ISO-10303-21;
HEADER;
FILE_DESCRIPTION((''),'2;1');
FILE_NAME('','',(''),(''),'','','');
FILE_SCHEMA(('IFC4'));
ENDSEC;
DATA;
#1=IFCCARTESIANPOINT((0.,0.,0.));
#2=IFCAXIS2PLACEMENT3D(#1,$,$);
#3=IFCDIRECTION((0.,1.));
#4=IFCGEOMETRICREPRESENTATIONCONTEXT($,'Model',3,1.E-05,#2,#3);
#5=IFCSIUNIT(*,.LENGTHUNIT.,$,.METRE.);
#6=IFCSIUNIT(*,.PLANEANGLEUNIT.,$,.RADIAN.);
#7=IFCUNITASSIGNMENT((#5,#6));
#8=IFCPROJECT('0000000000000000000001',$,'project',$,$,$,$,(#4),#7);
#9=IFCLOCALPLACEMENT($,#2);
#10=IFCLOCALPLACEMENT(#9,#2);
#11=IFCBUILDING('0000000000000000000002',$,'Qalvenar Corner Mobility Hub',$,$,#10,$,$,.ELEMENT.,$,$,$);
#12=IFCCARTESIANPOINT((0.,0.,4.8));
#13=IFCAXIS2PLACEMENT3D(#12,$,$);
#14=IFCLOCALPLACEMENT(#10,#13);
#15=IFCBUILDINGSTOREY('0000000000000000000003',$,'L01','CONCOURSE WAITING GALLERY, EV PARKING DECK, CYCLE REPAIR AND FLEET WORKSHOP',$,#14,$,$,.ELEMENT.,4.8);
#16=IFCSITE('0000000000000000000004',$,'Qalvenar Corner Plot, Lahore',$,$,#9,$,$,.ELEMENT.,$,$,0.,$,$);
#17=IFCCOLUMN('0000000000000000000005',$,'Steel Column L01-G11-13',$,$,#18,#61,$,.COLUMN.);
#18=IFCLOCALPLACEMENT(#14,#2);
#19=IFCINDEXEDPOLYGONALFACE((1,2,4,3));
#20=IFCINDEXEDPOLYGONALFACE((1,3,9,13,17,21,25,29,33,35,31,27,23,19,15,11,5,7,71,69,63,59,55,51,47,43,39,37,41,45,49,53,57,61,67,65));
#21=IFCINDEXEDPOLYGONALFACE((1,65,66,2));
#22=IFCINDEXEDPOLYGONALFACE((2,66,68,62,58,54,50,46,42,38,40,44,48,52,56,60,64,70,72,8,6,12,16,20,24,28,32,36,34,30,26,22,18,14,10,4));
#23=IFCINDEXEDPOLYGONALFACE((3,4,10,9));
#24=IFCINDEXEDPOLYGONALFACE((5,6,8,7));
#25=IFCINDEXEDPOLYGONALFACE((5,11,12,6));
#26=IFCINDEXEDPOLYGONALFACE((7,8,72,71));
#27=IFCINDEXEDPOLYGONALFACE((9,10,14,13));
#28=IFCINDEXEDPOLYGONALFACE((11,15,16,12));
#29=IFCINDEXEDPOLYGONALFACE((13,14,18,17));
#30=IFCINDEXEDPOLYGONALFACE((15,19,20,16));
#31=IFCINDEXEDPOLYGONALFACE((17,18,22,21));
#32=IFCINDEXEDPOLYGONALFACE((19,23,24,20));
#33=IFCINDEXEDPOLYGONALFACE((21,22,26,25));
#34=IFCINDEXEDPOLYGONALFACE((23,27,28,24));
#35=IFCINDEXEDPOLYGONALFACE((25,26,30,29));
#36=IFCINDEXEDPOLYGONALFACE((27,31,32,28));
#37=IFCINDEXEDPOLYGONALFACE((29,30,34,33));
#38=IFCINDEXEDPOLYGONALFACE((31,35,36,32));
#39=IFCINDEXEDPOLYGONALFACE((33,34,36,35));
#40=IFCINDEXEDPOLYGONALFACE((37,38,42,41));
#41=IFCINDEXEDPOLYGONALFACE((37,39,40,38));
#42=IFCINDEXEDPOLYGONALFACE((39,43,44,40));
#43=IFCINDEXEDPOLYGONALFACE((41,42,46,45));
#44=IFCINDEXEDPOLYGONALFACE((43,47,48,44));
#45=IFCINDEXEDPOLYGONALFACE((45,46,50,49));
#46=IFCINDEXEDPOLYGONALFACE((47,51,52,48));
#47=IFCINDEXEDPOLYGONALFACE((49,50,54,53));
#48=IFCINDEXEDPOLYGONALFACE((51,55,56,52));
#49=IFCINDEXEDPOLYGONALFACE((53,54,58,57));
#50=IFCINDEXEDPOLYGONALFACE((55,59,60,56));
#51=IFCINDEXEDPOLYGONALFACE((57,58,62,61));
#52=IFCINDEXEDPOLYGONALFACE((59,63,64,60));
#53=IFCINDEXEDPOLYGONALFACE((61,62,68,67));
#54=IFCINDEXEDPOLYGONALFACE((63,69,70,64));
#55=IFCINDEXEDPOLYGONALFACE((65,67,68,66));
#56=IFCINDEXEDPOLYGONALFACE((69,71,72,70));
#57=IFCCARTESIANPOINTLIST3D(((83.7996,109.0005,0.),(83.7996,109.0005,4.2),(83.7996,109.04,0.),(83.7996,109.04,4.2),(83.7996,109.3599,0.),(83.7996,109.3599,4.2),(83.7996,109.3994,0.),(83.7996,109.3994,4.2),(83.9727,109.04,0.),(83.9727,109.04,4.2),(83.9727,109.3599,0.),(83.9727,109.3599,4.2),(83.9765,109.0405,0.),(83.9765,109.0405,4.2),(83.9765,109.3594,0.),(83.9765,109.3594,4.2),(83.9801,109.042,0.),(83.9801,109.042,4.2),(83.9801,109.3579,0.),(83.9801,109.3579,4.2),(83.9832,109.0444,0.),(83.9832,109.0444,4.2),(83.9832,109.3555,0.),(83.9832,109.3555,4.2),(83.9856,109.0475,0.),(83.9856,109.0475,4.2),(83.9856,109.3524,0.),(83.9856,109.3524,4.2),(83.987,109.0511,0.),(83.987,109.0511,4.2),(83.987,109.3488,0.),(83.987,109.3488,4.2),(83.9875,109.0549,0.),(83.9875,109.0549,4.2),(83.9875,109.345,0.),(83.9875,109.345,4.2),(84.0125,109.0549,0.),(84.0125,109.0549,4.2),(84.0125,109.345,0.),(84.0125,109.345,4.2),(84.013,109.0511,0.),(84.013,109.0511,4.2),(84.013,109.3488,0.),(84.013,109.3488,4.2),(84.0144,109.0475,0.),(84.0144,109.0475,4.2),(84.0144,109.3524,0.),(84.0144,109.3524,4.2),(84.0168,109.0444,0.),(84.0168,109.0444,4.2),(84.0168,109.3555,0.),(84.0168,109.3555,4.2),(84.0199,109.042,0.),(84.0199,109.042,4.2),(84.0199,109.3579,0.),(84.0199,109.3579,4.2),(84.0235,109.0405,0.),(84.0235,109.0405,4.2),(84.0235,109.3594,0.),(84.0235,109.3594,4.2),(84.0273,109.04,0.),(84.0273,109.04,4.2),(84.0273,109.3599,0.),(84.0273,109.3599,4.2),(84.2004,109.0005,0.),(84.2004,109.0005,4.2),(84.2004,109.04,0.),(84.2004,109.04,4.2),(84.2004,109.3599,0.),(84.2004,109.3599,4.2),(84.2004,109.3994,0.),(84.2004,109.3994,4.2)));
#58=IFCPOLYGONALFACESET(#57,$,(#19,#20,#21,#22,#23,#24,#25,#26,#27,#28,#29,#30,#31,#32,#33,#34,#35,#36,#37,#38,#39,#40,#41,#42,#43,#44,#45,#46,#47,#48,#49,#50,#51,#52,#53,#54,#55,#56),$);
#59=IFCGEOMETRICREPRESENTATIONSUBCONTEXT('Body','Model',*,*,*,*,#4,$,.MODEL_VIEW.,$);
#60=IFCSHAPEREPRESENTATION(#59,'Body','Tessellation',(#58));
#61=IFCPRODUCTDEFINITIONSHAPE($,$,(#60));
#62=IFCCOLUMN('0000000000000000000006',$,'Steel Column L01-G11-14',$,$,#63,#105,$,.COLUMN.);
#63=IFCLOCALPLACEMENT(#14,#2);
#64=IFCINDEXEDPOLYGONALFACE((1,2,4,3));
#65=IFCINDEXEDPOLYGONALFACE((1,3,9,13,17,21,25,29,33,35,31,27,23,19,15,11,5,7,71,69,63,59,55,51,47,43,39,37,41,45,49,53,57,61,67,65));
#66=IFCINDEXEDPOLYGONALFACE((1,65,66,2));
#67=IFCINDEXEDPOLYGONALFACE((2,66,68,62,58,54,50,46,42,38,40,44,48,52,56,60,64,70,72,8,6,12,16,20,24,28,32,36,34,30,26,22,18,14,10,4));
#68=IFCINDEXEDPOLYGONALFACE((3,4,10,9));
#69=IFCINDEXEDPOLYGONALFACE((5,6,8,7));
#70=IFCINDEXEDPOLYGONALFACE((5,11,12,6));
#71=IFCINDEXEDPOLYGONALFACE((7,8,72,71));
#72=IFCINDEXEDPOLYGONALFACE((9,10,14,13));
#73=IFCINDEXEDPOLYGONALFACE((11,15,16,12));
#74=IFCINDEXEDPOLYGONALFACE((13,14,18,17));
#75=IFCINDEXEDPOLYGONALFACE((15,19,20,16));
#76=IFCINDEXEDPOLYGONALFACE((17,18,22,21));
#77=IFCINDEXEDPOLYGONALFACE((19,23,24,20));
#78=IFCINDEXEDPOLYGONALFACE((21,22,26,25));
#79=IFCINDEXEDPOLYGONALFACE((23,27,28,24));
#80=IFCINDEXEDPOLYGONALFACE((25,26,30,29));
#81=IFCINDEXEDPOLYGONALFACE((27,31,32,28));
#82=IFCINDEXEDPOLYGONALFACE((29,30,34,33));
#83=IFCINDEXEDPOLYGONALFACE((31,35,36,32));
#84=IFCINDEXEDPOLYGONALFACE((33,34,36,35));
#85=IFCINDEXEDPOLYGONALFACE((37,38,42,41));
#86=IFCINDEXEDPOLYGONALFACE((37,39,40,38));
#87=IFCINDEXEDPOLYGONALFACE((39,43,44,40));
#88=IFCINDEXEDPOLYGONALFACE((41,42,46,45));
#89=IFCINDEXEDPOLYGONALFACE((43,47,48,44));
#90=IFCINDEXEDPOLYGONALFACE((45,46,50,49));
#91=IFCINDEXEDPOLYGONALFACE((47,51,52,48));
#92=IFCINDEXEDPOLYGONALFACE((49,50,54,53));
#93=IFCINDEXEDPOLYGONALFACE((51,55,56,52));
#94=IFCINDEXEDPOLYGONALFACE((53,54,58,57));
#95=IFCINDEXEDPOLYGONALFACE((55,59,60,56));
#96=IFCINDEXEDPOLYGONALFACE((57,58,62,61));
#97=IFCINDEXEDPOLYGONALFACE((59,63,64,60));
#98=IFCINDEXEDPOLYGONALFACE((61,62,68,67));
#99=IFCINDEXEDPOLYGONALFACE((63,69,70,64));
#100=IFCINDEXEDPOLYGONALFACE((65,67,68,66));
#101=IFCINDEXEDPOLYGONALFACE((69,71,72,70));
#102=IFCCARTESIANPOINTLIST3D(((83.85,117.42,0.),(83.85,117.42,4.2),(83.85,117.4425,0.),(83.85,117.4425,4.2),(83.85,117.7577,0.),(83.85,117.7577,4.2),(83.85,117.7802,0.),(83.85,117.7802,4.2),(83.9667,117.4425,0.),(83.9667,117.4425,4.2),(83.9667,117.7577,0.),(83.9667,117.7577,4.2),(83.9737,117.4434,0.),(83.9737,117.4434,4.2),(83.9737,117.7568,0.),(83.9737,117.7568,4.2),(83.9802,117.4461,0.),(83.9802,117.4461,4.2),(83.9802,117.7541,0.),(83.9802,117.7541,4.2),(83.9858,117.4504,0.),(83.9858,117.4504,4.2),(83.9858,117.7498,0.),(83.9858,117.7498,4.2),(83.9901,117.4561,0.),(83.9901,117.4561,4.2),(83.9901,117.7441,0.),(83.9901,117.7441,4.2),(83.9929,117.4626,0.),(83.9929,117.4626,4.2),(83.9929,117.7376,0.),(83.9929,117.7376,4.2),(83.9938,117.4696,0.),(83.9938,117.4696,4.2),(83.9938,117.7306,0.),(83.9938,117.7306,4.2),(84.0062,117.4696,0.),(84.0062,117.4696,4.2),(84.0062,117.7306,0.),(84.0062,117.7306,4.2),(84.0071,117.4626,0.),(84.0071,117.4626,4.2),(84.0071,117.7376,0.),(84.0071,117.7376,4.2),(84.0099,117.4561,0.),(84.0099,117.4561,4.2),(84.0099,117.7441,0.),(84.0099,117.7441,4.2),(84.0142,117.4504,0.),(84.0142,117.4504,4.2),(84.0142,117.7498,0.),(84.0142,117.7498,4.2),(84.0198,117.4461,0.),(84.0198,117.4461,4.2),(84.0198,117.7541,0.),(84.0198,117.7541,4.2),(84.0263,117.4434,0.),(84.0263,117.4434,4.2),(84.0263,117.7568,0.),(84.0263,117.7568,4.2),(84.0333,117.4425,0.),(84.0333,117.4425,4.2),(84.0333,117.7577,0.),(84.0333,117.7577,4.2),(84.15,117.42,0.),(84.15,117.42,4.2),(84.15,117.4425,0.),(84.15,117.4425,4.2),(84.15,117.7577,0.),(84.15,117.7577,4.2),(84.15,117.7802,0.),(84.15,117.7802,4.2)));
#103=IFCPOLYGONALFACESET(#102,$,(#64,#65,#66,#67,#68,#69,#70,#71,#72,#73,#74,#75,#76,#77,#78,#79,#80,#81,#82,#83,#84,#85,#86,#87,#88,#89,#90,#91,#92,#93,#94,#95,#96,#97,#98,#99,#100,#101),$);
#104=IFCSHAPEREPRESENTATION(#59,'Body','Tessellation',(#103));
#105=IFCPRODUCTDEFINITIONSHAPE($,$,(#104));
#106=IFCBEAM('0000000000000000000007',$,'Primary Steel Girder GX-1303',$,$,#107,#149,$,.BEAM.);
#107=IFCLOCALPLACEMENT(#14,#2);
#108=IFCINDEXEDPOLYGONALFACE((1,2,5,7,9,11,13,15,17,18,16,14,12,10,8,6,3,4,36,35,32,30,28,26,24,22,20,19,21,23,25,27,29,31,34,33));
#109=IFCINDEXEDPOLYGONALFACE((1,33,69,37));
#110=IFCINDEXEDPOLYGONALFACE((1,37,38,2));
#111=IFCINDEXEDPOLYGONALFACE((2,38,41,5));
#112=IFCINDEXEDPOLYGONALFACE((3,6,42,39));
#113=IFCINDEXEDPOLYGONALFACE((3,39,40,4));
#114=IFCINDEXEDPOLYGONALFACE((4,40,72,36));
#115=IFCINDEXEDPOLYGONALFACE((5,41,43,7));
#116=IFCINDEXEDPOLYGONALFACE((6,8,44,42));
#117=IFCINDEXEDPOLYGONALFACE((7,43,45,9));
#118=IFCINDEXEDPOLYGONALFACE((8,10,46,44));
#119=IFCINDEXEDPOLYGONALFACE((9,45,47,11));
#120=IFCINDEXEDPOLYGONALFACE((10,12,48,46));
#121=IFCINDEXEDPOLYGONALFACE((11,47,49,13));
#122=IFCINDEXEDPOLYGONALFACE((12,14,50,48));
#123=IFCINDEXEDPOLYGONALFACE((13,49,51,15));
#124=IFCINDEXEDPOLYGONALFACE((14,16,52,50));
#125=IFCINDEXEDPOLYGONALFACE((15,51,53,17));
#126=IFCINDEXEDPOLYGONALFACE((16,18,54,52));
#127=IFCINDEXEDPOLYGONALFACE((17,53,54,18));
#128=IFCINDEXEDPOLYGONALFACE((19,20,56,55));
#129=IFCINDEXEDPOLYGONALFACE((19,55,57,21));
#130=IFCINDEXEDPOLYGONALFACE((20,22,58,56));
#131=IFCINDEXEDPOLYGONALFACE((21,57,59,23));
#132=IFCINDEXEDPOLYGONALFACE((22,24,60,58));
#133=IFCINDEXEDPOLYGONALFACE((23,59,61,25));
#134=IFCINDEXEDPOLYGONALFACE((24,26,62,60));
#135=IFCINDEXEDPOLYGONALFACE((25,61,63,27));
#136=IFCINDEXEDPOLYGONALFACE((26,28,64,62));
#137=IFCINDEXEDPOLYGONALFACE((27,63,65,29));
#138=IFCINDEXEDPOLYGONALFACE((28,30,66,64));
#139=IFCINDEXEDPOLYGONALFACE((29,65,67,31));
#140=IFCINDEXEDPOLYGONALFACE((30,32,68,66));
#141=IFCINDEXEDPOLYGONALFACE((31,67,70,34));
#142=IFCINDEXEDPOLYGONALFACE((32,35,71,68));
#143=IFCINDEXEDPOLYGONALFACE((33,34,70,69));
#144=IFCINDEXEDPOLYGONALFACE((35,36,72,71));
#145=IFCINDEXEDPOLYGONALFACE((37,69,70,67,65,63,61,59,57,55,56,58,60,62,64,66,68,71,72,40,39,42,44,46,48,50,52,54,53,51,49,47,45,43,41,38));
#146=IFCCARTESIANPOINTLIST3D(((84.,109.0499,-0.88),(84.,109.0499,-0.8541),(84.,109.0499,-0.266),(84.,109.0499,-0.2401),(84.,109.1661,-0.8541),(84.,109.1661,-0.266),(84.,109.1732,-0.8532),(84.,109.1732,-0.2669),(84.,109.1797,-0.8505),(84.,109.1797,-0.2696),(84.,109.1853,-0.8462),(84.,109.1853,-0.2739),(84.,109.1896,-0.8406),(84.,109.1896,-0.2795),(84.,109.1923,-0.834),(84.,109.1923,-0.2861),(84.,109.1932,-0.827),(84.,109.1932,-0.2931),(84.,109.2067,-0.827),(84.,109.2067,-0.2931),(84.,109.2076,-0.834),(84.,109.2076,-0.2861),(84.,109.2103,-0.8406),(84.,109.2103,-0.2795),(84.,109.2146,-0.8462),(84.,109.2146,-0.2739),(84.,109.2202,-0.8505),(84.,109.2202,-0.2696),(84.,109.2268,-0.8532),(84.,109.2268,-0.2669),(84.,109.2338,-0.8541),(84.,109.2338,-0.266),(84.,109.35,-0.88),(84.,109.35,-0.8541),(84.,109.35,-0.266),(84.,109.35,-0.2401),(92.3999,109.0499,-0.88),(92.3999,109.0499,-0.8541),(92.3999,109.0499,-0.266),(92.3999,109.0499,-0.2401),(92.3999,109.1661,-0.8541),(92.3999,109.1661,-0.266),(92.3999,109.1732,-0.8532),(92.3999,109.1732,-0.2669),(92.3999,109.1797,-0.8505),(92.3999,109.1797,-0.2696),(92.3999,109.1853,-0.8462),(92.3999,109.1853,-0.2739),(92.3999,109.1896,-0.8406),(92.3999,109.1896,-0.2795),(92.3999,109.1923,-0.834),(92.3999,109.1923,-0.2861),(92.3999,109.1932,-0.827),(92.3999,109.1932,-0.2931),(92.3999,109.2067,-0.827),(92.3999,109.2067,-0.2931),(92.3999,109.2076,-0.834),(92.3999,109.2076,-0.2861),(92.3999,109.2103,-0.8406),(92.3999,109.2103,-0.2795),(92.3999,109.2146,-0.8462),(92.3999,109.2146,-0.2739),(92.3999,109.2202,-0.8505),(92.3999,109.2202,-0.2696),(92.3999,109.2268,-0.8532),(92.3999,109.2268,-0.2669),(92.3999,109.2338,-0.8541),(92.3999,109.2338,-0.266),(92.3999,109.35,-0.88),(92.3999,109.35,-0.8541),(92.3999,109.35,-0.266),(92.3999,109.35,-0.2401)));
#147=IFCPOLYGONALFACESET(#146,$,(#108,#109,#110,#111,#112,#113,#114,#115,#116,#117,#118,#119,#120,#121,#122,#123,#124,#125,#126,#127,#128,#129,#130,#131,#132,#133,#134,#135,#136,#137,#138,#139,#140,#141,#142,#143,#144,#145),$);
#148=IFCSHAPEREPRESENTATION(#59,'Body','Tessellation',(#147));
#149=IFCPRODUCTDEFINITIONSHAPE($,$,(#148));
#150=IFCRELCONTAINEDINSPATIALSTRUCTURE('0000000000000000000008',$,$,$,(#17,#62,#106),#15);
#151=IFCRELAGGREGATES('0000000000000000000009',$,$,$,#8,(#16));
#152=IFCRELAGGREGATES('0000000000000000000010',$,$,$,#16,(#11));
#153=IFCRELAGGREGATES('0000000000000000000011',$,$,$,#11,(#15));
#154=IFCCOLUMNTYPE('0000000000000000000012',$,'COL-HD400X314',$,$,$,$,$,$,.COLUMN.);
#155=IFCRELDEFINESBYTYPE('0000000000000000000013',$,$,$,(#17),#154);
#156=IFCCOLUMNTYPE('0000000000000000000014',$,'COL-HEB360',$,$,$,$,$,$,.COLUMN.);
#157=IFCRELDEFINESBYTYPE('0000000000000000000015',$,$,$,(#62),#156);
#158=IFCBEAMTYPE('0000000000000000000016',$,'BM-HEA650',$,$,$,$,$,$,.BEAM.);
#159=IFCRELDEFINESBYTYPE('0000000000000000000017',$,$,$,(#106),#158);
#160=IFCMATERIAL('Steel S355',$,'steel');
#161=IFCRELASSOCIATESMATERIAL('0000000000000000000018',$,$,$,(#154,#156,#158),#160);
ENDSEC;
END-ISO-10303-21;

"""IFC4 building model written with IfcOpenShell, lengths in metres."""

from ifc_helpers import new_model, si_unit, direction, frame, origin, origin_2d, place, context, subcontext, project, spatial, i_section, extrude, material, material_profile, profile_set, type_object, element, save


model = new_model("IFC4")

# Units and contexts
model_context = context("Model", 3, precision=1e-05, world=origin(), true_north=direction((0.0, 1.0)))
body_context = subcontext(model_context, "Body", "Model", "MODEL_VIEW")
ifc_project = project(units=[si_unit("LENGTHUNIT", "METRE"), si_unit("PLANEANGLEUNIT", "RADIAN")], contexts=[model_context])

# Site, building, storey
site_placement = place(None, origin())
site = spatial("IfcSite", under=ifc_project, at=site_placement, Name="Qalvenar Corner Plot, Lahore", CompositionType="ELEMENT", RefElevation=0.0)
building_placement = place(site_placement, origin())
building = spatial("IfcBuilding", under=site, at=building_placement, Name="Qalvenar Corner Mobility Hub", CompositionType="ELEMENT")
storey_placement = place(building_placement, frame((0.0, 0.0, 4.8)))
storey = spatial("IfcBuildingStorey", under=building, at=storey_placement, Name="L01", Description="CONCOURSE WAITING GALLERY, EV PARKING DECK, CYCLE REPAIR AND FLEET WORKSHOP", CompositionType="ELEMENT", Elevation=4.8)

# Columns
ifc_material = material(Name="Steel S355", Category="steel")
ifc_material_profile_1 = material_profile(ifc_material, i_section(OverallWidth=0.4009, OverallDepth=0.3989, WebThickness=0.0249, FlangeThickness=0.0396, FilletRadius=0.0149, at=origin_2d()), Name="HD400x314")
ifc_profile_set_1 = profile_set([ifc_material_profile_1], Name="Steel S355")
column_type_1 = type_object("IfcColumnType", Name="COL-HD400X314", PredefinedType="COLUMN", material=ifc_profile_set_1)
column_1_placement = place(storey_placement, frame((84.0, 109.2, 0.0), z_axis=(0.0, 0.0, 1.0), x_axis=(1.0, 0.0, 0.0)))
element("IfcColumn", 1, at=column_1_placement, inside=storey, type_object=column_type_1, Name="Steel Column L01-G11-13", PredefinedType="COLUMN", context=body_context, shape_type="SweptSolid", body=[
    extrude(i_section(OverallWidth=0.4009, OverallDepth=0.3989, WebThickness=0.0249, FlangeThickness=0.0396, FilletRadius=0.0149, at=origin_2d()), origin(), (0.0, 0.0, 1.0), 4.2),
])
ifc_material_profile_2 = material_profile(ifc_material, i_section(OverallWidth=0.3, OverallDepth=0.3601, WebThickness=0.0125, FlangeThickness=0.0225, FilletRadius=0.0271, at=origin_2d()), Name="HEB360")
ifc_profile_set_2 = profile_set([ifc_material_profile_2], Name="Steel S355")
column_type_2 = type_object("IfcColumnType", Name="COL-HEB360", PredefinedType="COLUMN", material=ifc_profile_set_2)
column_2_placement = place(storey_placement, frame((84.0, 117.6001, 0.0), z_axis=(0.0, 0.0, 1.0), x_axis=(1.0, 0.0, 0.0)))
element("IfcColumn", 2, at=column_2_placement, inside=storey, type_object=column_type_2, Name="Steel Column L01-G11-14", PredefinedType="COLUMN", context=body_context, shape_type="SweptSolid", body=[
    extrude(i_section(OverallWidth=0.3, OverallDepth=0.3601, WebThickness=0.0125, FlangeThickness=0.0225, FilletRadius=0.0271, at=origin_2d()), origin(), (0.0, 0.0, 1.0), 4.2),
])

# Beam
ifc_material_profile_3 = material_profile(ifc_material, i_section(OverallWidth=0.3, OverallDepth=0.6399, WebThickness=0.0134, FlangeThickness=0.0259, FilletRadius=0.0271, at=origin_2d()), Name="HEA650")
ifc_profile_set_3 = profile_set([ifc_material_profile_3], Name="Steel S355")
beam_type_1 = type_object("IfcBeamType", Name="BM-HEA650", PredefinedType="BEAM", material=ifc_profile_set_3)
beam_1_placement = place(storey_placement, frame((84.0, 109.2, -0.5601), z_axis=(1.0, 0.0, 0.0), x_axis=(0.0, 1.0, 0.0)))
element("IfcBeam", 3, at=beam_1_placement, inside=storey, type_object=beam_type_1, Name="Primary Steel Girder GX-1303", PredefinedType="BEAM", context=body_context, shape_type="SweptSolid", body=[
    extrude(i_section(OverallWidth=0.3, OverallDepth=0.6399, WebThickness=0.0134, FlangeThickness=0.0259, FilletRadius=0.0271, at=origin_2d()), origin(), (0.0, 0.0, 1.0), 8.3999),
])

save(model, "model.ifc")
